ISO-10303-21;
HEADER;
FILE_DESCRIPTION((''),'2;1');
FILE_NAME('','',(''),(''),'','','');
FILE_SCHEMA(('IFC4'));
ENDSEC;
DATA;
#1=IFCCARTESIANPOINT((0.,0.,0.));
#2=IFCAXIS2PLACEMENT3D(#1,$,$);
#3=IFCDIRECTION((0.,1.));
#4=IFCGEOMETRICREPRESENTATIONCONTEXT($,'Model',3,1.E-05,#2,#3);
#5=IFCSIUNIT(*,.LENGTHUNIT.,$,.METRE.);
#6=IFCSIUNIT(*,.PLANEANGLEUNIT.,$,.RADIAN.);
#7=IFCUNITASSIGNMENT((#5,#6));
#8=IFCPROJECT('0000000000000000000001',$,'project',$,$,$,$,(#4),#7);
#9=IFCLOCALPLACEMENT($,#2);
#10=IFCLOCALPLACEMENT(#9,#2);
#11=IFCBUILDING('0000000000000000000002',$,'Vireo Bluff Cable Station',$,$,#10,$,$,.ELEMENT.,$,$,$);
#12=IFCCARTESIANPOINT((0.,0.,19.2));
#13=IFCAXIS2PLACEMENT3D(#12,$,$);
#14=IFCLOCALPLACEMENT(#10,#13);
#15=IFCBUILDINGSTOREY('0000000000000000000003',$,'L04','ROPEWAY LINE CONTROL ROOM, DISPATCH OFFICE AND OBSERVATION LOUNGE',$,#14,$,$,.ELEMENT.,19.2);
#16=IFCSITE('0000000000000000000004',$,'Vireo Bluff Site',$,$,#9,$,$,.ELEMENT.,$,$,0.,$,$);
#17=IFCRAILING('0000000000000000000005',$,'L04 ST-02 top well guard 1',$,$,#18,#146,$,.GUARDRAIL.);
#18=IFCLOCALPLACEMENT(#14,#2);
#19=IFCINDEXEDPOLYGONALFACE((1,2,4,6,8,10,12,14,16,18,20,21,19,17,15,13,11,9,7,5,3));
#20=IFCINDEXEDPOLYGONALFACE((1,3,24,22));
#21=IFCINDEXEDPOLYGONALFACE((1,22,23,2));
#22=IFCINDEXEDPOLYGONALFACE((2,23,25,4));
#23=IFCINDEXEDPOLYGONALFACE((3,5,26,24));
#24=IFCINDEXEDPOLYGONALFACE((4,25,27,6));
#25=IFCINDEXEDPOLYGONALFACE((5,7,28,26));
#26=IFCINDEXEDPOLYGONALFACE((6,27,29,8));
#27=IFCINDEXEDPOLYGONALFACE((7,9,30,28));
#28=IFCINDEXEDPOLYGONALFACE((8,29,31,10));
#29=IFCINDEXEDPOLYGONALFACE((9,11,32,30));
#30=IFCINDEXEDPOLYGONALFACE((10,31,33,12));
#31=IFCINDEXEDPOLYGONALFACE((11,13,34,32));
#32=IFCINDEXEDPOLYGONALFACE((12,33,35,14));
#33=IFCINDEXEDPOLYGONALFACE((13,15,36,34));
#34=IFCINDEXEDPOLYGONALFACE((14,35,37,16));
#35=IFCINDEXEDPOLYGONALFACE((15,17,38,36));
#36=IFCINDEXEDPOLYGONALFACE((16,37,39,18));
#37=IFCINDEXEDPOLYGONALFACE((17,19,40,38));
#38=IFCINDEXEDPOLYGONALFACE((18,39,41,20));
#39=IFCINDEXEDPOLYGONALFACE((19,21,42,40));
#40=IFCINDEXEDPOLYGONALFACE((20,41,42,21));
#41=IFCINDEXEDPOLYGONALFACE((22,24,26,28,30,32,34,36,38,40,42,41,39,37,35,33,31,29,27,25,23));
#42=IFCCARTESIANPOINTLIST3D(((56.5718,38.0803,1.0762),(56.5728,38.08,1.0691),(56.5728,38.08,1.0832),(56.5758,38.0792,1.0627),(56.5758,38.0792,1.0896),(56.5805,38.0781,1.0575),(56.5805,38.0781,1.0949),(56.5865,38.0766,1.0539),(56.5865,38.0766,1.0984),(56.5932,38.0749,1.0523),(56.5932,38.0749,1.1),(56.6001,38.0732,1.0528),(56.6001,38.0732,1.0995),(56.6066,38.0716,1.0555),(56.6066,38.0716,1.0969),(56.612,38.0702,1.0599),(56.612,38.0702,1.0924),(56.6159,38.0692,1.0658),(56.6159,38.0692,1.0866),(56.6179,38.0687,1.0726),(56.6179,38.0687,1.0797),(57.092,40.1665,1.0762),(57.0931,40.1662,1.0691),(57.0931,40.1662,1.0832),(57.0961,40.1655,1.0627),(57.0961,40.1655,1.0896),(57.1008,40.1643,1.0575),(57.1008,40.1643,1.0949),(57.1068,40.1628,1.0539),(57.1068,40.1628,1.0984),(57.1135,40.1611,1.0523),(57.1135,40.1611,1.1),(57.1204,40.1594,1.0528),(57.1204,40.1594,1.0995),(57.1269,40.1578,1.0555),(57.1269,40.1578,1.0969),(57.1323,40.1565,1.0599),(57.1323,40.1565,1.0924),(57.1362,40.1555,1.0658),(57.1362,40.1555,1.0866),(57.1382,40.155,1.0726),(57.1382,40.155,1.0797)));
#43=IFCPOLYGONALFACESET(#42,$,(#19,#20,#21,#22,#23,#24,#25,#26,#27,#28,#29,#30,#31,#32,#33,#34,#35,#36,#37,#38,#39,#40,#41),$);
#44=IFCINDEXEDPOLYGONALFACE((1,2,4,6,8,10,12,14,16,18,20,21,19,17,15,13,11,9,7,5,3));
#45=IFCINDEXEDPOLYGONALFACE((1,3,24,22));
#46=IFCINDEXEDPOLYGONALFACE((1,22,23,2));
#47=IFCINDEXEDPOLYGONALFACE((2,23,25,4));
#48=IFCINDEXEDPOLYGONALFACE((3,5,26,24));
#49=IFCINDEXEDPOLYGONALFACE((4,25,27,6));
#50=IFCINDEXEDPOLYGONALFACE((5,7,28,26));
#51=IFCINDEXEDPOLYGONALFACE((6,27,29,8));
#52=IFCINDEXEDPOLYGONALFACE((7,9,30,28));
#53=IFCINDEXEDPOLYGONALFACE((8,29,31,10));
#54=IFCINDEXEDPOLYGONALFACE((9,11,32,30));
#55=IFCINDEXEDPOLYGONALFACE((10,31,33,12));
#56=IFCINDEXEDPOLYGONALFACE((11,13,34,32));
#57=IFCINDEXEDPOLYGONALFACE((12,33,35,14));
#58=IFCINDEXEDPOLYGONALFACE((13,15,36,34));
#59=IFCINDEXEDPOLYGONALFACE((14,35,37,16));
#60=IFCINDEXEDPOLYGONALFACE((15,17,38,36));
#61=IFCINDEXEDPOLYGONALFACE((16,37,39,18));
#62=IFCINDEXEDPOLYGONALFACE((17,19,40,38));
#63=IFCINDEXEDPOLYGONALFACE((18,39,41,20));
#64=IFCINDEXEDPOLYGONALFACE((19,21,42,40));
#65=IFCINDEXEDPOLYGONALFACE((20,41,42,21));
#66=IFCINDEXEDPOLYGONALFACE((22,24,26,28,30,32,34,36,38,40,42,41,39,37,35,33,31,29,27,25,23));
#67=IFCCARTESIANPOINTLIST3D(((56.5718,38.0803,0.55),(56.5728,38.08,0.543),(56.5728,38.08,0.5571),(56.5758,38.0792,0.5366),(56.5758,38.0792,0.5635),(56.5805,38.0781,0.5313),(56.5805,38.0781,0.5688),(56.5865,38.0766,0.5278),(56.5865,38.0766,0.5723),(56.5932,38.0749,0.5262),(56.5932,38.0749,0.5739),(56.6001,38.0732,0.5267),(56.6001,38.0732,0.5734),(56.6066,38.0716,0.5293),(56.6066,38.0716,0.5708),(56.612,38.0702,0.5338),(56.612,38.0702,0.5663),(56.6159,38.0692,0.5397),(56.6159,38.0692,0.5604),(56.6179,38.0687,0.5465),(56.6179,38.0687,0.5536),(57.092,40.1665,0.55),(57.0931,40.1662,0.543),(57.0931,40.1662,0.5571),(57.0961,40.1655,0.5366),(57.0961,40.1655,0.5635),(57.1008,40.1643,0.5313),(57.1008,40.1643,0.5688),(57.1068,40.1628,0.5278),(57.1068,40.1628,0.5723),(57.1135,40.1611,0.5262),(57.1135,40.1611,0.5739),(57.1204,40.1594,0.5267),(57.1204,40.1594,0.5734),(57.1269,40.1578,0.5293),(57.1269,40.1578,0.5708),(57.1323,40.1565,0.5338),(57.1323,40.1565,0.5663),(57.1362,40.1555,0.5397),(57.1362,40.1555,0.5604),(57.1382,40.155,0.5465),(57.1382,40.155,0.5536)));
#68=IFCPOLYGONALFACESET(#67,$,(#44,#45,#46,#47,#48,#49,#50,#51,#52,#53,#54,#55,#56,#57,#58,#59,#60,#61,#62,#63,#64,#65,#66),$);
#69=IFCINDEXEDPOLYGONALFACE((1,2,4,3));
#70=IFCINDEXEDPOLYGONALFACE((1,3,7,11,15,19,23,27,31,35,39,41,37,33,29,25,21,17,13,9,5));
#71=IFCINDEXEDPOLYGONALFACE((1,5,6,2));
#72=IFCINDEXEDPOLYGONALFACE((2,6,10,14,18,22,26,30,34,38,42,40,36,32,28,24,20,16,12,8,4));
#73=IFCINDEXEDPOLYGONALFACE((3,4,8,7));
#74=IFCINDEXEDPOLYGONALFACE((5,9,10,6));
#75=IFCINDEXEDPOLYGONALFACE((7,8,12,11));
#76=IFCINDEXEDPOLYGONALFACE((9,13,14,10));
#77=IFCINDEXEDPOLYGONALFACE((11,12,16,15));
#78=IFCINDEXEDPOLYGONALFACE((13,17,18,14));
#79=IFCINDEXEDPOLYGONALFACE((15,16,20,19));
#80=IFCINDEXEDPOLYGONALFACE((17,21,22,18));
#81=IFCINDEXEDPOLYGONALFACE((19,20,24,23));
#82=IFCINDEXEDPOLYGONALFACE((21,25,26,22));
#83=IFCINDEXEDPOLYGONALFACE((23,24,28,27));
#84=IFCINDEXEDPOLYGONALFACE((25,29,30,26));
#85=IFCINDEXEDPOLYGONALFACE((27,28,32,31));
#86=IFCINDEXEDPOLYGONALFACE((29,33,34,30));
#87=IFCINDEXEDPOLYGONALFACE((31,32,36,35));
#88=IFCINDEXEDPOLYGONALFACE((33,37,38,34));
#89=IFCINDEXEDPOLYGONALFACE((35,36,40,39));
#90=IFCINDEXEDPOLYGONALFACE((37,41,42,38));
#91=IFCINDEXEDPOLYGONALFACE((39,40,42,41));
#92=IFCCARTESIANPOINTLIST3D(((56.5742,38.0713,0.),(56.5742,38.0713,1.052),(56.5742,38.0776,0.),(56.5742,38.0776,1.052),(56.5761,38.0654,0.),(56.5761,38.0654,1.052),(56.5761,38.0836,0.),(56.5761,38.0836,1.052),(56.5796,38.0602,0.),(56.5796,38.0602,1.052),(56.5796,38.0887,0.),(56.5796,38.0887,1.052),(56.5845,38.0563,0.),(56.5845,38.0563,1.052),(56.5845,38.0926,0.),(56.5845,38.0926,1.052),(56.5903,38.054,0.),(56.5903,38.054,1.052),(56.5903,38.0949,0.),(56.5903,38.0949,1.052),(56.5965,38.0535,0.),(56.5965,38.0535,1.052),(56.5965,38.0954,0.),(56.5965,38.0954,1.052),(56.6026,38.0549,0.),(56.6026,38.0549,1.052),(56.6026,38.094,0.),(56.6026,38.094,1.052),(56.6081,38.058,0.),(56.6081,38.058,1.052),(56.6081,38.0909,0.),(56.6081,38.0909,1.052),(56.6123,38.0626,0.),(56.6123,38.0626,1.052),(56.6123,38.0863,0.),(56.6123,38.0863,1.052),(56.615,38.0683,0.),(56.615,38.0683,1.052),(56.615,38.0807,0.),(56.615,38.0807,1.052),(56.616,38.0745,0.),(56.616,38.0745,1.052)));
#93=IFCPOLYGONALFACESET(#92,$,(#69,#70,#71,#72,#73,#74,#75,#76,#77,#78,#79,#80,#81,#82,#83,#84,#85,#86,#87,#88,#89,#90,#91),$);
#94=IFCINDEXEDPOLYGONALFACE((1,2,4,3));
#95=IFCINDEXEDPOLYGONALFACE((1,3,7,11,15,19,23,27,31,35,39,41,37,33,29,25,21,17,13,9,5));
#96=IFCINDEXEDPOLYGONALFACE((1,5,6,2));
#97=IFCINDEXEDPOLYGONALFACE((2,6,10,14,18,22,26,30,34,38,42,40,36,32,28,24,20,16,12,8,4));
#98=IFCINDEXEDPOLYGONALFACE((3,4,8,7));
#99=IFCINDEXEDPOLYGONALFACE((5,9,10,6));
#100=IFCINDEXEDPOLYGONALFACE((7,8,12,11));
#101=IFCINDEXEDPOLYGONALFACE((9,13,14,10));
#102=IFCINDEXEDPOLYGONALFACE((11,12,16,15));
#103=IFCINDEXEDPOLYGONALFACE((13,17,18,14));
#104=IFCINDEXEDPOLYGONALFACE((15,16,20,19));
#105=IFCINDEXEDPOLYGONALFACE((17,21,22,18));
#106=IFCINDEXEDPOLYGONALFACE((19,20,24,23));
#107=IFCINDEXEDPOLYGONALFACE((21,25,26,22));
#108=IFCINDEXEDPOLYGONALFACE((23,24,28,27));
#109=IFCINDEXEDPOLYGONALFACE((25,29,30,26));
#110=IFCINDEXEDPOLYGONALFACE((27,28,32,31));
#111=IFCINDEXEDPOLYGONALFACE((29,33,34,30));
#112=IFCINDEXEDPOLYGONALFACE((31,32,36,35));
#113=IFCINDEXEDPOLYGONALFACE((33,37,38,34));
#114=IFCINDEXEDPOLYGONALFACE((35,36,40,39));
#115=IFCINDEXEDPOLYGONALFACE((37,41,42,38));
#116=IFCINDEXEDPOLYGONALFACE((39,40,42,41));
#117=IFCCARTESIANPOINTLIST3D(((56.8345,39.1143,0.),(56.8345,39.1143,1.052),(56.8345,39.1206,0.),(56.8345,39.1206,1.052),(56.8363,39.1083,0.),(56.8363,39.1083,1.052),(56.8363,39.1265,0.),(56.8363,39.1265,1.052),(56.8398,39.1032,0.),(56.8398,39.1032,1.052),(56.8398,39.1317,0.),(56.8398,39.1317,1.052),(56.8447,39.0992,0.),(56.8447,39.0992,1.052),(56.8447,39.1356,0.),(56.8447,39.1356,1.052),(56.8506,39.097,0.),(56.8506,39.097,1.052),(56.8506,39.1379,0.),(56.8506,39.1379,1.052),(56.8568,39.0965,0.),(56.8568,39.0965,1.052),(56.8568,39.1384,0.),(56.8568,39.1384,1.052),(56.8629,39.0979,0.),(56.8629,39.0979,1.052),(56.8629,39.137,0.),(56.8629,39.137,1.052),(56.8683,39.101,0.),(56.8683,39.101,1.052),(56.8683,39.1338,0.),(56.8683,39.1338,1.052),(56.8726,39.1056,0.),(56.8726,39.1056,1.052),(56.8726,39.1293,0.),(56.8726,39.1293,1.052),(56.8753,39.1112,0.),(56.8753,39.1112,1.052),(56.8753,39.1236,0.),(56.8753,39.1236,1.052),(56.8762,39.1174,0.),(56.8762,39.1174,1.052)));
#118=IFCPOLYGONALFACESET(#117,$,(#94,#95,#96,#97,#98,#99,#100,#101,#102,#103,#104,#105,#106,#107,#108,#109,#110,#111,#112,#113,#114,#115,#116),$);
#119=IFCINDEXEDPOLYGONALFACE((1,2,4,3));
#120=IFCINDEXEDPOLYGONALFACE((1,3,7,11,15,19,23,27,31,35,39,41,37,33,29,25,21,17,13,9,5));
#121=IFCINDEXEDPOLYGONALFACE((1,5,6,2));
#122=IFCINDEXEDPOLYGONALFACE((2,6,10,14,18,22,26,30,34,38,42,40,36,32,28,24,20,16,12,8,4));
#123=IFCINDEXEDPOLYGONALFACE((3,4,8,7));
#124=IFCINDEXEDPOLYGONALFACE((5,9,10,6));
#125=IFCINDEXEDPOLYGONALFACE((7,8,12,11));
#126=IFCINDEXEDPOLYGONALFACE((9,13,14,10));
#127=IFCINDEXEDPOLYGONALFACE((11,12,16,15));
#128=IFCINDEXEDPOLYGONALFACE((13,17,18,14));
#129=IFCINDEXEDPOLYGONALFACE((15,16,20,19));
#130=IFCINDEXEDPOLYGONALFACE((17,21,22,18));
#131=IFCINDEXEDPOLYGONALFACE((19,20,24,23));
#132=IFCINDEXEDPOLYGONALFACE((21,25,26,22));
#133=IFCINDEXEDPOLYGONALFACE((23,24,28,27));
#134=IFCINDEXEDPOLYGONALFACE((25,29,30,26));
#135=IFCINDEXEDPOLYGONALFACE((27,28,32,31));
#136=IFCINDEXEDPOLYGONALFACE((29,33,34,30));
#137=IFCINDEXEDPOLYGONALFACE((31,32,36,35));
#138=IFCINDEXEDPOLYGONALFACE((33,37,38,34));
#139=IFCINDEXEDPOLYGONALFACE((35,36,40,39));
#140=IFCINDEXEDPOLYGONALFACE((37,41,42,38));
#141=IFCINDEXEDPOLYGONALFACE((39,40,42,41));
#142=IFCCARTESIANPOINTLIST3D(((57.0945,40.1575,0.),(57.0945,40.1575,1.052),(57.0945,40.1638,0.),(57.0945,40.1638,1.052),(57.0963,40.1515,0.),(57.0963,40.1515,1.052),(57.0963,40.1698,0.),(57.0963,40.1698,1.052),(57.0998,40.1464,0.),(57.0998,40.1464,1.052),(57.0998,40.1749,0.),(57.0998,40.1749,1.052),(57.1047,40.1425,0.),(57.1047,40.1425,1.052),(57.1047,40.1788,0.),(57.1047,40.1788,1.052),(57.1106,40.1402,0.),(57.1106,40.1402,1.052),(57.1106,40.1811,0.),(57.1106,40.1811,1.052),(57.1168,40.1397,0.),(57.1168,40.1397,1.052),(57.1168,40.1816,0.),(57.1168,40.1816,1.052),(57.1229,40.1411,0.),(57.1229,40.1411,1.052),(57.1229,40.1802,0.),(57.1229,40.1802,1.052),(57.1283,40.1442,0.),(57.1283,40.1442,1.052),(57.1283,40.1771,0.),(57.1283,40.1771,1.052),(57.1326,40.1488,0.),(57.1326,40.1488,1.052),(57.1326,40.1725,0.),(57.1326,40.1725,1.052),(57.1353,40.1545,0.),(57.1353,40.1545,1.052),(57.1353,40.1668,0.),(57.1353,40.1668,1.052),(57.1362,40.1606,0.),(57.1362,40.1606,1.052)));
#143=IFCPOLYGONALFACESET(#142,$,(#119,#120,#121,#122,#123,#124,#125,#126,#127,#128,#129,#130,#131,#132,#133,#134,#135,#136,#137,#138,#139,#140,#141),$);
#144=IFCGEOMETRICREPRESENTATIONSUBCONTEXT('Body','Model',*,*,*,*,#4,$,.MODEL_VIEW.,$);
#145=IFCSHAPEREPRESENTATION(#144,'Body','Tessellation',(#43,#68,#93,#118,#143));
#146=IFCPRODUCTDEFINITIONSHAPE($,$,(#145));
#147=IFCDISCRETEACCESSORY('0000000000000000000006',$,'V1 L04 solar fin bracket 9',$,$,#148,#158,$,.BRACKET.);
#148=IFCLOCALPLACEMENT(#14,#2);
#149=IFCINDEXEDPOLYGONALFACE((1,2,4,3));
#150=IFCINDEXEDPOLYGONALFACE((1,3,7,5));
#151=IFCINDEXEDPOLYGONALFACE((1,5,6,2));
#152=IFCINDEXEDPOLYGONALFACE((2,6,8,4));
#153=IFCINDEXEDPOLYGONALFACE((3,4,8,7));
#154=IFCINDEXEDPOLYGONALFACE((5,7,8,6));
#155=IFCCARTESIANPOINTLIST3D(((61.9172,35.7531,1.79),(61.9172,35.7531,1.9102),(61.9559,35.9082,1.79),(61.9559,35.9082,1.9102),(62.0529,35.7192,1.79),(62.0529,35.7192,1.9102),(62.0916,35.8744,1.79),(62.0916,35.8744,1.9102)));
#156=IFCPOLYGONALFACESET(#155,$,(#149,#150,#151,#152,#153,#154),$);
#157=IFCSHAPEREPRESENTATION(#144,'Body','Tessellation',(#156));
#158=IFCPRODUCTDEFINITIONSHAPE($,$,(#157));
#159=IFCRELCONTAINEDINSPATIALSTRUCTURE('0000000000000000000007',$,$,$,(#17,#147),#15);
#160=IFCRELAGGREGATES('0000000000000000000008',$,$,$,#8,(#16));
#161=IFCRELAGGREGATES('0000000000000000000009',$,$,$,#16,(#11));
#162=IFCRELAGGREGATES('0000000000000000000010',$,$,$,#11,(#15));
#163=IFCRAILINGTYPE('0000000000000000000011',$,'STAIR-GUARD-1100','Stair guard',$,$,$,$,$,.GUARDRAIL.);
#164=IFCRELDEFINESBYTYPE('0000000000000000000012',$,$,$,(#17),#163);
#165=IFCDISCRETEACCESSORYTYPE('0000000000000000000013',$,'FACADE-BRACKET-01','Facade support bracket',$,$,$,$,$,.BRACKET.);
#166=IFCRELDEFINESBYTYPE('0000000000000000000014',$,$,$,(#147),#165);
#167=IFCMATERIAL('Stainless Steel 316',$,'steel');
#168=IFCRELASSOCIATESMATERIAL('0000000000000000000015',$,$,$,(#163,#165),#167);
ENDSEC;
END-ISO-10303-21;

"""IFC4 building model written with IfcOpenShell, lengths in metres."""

from ifc_helpers import new_model, si_unit, direction, frame, origin, origin_2d, place, context, subcontext, project, spatial, rectangle, circle, extrude, material, type_object, element, save


model = new_model("IFC4")

# Units and contexts
model_context = context("Model", 3, precision=1e-05, world=origin(), true_north=direction((0.0, 1.0)))
body_context = subcontext(model_context, "Body", "Model", "MODEL_VIEW")
ifc_project = project(units=[si_unit("LENGTHUNIT", "METRE"), si_unit("PLANEANGLEUNIT", "RADIAN")], contexts=[model_context])

# Site, building, storey
site_placement = place(None, origin())
site = spatial("IfcSite", under=ifc_project, at=site_placement, Name="Vireo Bluff Site", CompositionType="ELEMENT", RefElevation=0.0)
building_placement = place(site_placement, origin())
building = spatial("IfcBuilding", under=site, at=building_placement, Name="Vireo Bluff Cable Station", CompositionType="ELEMENT")
storey_placement = place(building_placement, frame((0.0, 0.0, 19.2)))
storey = spatial("IfcBuildingStorey", under=building, at=storey_placement, Name="L04", Description="ROPEWAY LINE CONTROL ROOM, DISPATCH OFFICE AND OBSERVATION LOUNGE", CompositionType="ELEMENT", Elevation=19.2)

# Shared definitions
ifc_material_1 = material(Name="Stainless Steel 316", Category="steel")

# Railing
railing_type = type_object("IfcRailingType", Name="STAIR-GUARD-1100", Description="Stair guard", PredefinedType="GUARDRAIL", material=ifc_material_1)
railing_placement = place(storey_placement, frame((56.595, 38.0745, 0.0)))
element("IfcRailing", 1, at=railing_placement, inside=storey, type_object=railing_type, Name="L04 ST-02 top well guard 1", PredefinedType="GUARDRAIL", context=body_context, shape_type="SweptSolid", body=[
    extrude(circle(Radius=0.0239, at=origin_2d()), frame((0.0, 0.0, 1.0762), z_axis=(0.241975, 0.970283, 0.0), x_axis=(-0.970283, 0.241975, 0.0)), (0.0, 0.0, 1.0), 2.1501),
    extrude(circle(Radius=0.0239, at=origin_2d()), frame((0.0, 0.0, 0.55), z_axis=(0.241975, 0.970283, 0.0), x_axis=(-0.970283, 0.241975, 0.0)), (0.0, 0.0, 1.0), 2.1501),
    extrude(circle(Radius=0.021, at=origin_2d()), origin(), (0.0, 0.0, 1.0), 1.052),
    extrude(circle(Radius=0.021, at=origin_2d()), frame((0.2603, 1.043, 0.0)), (0.0, 0.0, 1.0), 1.052),
    extrude(circle(Radius=0.021, at=origin_2d()), frame((0.5203, 2.0862, 0.0)), (0.0, 0.0, 1.0), 1.052),
])

# Discrete accessory
discrete_accessory_type = type_object("IfcDiscreteAccessoryType", Name="FACADE-BRACKET-01", Description="Facade support bracket", PredefinedType="BRACKET", material=ifc_material_1)
discrete_accessory_placement = place(storey_placement, frame((62.0044, 35.8137, 1.79), z_axis=(0.0, 0.0, 1.0), x_axis=(-0.970296, 0.241922, 0.0)))
element("IfcDiscreteAccessory", 2, at=discrete_accessory_placement, inside=storey, type_object=discrete_accessory_type, Name="V1 L04 solar fin bracket 9", PredefinedType="BRACKET", context=body_context, shape_type="SweptSolid", body=[
    extrude(rectangle(XDim=0.1399, YDim=0.1599, at=origin_2d()), origin(), (0.0, 0.0, 1.0), 0.1201),
])

save(model, "model.ifc")
